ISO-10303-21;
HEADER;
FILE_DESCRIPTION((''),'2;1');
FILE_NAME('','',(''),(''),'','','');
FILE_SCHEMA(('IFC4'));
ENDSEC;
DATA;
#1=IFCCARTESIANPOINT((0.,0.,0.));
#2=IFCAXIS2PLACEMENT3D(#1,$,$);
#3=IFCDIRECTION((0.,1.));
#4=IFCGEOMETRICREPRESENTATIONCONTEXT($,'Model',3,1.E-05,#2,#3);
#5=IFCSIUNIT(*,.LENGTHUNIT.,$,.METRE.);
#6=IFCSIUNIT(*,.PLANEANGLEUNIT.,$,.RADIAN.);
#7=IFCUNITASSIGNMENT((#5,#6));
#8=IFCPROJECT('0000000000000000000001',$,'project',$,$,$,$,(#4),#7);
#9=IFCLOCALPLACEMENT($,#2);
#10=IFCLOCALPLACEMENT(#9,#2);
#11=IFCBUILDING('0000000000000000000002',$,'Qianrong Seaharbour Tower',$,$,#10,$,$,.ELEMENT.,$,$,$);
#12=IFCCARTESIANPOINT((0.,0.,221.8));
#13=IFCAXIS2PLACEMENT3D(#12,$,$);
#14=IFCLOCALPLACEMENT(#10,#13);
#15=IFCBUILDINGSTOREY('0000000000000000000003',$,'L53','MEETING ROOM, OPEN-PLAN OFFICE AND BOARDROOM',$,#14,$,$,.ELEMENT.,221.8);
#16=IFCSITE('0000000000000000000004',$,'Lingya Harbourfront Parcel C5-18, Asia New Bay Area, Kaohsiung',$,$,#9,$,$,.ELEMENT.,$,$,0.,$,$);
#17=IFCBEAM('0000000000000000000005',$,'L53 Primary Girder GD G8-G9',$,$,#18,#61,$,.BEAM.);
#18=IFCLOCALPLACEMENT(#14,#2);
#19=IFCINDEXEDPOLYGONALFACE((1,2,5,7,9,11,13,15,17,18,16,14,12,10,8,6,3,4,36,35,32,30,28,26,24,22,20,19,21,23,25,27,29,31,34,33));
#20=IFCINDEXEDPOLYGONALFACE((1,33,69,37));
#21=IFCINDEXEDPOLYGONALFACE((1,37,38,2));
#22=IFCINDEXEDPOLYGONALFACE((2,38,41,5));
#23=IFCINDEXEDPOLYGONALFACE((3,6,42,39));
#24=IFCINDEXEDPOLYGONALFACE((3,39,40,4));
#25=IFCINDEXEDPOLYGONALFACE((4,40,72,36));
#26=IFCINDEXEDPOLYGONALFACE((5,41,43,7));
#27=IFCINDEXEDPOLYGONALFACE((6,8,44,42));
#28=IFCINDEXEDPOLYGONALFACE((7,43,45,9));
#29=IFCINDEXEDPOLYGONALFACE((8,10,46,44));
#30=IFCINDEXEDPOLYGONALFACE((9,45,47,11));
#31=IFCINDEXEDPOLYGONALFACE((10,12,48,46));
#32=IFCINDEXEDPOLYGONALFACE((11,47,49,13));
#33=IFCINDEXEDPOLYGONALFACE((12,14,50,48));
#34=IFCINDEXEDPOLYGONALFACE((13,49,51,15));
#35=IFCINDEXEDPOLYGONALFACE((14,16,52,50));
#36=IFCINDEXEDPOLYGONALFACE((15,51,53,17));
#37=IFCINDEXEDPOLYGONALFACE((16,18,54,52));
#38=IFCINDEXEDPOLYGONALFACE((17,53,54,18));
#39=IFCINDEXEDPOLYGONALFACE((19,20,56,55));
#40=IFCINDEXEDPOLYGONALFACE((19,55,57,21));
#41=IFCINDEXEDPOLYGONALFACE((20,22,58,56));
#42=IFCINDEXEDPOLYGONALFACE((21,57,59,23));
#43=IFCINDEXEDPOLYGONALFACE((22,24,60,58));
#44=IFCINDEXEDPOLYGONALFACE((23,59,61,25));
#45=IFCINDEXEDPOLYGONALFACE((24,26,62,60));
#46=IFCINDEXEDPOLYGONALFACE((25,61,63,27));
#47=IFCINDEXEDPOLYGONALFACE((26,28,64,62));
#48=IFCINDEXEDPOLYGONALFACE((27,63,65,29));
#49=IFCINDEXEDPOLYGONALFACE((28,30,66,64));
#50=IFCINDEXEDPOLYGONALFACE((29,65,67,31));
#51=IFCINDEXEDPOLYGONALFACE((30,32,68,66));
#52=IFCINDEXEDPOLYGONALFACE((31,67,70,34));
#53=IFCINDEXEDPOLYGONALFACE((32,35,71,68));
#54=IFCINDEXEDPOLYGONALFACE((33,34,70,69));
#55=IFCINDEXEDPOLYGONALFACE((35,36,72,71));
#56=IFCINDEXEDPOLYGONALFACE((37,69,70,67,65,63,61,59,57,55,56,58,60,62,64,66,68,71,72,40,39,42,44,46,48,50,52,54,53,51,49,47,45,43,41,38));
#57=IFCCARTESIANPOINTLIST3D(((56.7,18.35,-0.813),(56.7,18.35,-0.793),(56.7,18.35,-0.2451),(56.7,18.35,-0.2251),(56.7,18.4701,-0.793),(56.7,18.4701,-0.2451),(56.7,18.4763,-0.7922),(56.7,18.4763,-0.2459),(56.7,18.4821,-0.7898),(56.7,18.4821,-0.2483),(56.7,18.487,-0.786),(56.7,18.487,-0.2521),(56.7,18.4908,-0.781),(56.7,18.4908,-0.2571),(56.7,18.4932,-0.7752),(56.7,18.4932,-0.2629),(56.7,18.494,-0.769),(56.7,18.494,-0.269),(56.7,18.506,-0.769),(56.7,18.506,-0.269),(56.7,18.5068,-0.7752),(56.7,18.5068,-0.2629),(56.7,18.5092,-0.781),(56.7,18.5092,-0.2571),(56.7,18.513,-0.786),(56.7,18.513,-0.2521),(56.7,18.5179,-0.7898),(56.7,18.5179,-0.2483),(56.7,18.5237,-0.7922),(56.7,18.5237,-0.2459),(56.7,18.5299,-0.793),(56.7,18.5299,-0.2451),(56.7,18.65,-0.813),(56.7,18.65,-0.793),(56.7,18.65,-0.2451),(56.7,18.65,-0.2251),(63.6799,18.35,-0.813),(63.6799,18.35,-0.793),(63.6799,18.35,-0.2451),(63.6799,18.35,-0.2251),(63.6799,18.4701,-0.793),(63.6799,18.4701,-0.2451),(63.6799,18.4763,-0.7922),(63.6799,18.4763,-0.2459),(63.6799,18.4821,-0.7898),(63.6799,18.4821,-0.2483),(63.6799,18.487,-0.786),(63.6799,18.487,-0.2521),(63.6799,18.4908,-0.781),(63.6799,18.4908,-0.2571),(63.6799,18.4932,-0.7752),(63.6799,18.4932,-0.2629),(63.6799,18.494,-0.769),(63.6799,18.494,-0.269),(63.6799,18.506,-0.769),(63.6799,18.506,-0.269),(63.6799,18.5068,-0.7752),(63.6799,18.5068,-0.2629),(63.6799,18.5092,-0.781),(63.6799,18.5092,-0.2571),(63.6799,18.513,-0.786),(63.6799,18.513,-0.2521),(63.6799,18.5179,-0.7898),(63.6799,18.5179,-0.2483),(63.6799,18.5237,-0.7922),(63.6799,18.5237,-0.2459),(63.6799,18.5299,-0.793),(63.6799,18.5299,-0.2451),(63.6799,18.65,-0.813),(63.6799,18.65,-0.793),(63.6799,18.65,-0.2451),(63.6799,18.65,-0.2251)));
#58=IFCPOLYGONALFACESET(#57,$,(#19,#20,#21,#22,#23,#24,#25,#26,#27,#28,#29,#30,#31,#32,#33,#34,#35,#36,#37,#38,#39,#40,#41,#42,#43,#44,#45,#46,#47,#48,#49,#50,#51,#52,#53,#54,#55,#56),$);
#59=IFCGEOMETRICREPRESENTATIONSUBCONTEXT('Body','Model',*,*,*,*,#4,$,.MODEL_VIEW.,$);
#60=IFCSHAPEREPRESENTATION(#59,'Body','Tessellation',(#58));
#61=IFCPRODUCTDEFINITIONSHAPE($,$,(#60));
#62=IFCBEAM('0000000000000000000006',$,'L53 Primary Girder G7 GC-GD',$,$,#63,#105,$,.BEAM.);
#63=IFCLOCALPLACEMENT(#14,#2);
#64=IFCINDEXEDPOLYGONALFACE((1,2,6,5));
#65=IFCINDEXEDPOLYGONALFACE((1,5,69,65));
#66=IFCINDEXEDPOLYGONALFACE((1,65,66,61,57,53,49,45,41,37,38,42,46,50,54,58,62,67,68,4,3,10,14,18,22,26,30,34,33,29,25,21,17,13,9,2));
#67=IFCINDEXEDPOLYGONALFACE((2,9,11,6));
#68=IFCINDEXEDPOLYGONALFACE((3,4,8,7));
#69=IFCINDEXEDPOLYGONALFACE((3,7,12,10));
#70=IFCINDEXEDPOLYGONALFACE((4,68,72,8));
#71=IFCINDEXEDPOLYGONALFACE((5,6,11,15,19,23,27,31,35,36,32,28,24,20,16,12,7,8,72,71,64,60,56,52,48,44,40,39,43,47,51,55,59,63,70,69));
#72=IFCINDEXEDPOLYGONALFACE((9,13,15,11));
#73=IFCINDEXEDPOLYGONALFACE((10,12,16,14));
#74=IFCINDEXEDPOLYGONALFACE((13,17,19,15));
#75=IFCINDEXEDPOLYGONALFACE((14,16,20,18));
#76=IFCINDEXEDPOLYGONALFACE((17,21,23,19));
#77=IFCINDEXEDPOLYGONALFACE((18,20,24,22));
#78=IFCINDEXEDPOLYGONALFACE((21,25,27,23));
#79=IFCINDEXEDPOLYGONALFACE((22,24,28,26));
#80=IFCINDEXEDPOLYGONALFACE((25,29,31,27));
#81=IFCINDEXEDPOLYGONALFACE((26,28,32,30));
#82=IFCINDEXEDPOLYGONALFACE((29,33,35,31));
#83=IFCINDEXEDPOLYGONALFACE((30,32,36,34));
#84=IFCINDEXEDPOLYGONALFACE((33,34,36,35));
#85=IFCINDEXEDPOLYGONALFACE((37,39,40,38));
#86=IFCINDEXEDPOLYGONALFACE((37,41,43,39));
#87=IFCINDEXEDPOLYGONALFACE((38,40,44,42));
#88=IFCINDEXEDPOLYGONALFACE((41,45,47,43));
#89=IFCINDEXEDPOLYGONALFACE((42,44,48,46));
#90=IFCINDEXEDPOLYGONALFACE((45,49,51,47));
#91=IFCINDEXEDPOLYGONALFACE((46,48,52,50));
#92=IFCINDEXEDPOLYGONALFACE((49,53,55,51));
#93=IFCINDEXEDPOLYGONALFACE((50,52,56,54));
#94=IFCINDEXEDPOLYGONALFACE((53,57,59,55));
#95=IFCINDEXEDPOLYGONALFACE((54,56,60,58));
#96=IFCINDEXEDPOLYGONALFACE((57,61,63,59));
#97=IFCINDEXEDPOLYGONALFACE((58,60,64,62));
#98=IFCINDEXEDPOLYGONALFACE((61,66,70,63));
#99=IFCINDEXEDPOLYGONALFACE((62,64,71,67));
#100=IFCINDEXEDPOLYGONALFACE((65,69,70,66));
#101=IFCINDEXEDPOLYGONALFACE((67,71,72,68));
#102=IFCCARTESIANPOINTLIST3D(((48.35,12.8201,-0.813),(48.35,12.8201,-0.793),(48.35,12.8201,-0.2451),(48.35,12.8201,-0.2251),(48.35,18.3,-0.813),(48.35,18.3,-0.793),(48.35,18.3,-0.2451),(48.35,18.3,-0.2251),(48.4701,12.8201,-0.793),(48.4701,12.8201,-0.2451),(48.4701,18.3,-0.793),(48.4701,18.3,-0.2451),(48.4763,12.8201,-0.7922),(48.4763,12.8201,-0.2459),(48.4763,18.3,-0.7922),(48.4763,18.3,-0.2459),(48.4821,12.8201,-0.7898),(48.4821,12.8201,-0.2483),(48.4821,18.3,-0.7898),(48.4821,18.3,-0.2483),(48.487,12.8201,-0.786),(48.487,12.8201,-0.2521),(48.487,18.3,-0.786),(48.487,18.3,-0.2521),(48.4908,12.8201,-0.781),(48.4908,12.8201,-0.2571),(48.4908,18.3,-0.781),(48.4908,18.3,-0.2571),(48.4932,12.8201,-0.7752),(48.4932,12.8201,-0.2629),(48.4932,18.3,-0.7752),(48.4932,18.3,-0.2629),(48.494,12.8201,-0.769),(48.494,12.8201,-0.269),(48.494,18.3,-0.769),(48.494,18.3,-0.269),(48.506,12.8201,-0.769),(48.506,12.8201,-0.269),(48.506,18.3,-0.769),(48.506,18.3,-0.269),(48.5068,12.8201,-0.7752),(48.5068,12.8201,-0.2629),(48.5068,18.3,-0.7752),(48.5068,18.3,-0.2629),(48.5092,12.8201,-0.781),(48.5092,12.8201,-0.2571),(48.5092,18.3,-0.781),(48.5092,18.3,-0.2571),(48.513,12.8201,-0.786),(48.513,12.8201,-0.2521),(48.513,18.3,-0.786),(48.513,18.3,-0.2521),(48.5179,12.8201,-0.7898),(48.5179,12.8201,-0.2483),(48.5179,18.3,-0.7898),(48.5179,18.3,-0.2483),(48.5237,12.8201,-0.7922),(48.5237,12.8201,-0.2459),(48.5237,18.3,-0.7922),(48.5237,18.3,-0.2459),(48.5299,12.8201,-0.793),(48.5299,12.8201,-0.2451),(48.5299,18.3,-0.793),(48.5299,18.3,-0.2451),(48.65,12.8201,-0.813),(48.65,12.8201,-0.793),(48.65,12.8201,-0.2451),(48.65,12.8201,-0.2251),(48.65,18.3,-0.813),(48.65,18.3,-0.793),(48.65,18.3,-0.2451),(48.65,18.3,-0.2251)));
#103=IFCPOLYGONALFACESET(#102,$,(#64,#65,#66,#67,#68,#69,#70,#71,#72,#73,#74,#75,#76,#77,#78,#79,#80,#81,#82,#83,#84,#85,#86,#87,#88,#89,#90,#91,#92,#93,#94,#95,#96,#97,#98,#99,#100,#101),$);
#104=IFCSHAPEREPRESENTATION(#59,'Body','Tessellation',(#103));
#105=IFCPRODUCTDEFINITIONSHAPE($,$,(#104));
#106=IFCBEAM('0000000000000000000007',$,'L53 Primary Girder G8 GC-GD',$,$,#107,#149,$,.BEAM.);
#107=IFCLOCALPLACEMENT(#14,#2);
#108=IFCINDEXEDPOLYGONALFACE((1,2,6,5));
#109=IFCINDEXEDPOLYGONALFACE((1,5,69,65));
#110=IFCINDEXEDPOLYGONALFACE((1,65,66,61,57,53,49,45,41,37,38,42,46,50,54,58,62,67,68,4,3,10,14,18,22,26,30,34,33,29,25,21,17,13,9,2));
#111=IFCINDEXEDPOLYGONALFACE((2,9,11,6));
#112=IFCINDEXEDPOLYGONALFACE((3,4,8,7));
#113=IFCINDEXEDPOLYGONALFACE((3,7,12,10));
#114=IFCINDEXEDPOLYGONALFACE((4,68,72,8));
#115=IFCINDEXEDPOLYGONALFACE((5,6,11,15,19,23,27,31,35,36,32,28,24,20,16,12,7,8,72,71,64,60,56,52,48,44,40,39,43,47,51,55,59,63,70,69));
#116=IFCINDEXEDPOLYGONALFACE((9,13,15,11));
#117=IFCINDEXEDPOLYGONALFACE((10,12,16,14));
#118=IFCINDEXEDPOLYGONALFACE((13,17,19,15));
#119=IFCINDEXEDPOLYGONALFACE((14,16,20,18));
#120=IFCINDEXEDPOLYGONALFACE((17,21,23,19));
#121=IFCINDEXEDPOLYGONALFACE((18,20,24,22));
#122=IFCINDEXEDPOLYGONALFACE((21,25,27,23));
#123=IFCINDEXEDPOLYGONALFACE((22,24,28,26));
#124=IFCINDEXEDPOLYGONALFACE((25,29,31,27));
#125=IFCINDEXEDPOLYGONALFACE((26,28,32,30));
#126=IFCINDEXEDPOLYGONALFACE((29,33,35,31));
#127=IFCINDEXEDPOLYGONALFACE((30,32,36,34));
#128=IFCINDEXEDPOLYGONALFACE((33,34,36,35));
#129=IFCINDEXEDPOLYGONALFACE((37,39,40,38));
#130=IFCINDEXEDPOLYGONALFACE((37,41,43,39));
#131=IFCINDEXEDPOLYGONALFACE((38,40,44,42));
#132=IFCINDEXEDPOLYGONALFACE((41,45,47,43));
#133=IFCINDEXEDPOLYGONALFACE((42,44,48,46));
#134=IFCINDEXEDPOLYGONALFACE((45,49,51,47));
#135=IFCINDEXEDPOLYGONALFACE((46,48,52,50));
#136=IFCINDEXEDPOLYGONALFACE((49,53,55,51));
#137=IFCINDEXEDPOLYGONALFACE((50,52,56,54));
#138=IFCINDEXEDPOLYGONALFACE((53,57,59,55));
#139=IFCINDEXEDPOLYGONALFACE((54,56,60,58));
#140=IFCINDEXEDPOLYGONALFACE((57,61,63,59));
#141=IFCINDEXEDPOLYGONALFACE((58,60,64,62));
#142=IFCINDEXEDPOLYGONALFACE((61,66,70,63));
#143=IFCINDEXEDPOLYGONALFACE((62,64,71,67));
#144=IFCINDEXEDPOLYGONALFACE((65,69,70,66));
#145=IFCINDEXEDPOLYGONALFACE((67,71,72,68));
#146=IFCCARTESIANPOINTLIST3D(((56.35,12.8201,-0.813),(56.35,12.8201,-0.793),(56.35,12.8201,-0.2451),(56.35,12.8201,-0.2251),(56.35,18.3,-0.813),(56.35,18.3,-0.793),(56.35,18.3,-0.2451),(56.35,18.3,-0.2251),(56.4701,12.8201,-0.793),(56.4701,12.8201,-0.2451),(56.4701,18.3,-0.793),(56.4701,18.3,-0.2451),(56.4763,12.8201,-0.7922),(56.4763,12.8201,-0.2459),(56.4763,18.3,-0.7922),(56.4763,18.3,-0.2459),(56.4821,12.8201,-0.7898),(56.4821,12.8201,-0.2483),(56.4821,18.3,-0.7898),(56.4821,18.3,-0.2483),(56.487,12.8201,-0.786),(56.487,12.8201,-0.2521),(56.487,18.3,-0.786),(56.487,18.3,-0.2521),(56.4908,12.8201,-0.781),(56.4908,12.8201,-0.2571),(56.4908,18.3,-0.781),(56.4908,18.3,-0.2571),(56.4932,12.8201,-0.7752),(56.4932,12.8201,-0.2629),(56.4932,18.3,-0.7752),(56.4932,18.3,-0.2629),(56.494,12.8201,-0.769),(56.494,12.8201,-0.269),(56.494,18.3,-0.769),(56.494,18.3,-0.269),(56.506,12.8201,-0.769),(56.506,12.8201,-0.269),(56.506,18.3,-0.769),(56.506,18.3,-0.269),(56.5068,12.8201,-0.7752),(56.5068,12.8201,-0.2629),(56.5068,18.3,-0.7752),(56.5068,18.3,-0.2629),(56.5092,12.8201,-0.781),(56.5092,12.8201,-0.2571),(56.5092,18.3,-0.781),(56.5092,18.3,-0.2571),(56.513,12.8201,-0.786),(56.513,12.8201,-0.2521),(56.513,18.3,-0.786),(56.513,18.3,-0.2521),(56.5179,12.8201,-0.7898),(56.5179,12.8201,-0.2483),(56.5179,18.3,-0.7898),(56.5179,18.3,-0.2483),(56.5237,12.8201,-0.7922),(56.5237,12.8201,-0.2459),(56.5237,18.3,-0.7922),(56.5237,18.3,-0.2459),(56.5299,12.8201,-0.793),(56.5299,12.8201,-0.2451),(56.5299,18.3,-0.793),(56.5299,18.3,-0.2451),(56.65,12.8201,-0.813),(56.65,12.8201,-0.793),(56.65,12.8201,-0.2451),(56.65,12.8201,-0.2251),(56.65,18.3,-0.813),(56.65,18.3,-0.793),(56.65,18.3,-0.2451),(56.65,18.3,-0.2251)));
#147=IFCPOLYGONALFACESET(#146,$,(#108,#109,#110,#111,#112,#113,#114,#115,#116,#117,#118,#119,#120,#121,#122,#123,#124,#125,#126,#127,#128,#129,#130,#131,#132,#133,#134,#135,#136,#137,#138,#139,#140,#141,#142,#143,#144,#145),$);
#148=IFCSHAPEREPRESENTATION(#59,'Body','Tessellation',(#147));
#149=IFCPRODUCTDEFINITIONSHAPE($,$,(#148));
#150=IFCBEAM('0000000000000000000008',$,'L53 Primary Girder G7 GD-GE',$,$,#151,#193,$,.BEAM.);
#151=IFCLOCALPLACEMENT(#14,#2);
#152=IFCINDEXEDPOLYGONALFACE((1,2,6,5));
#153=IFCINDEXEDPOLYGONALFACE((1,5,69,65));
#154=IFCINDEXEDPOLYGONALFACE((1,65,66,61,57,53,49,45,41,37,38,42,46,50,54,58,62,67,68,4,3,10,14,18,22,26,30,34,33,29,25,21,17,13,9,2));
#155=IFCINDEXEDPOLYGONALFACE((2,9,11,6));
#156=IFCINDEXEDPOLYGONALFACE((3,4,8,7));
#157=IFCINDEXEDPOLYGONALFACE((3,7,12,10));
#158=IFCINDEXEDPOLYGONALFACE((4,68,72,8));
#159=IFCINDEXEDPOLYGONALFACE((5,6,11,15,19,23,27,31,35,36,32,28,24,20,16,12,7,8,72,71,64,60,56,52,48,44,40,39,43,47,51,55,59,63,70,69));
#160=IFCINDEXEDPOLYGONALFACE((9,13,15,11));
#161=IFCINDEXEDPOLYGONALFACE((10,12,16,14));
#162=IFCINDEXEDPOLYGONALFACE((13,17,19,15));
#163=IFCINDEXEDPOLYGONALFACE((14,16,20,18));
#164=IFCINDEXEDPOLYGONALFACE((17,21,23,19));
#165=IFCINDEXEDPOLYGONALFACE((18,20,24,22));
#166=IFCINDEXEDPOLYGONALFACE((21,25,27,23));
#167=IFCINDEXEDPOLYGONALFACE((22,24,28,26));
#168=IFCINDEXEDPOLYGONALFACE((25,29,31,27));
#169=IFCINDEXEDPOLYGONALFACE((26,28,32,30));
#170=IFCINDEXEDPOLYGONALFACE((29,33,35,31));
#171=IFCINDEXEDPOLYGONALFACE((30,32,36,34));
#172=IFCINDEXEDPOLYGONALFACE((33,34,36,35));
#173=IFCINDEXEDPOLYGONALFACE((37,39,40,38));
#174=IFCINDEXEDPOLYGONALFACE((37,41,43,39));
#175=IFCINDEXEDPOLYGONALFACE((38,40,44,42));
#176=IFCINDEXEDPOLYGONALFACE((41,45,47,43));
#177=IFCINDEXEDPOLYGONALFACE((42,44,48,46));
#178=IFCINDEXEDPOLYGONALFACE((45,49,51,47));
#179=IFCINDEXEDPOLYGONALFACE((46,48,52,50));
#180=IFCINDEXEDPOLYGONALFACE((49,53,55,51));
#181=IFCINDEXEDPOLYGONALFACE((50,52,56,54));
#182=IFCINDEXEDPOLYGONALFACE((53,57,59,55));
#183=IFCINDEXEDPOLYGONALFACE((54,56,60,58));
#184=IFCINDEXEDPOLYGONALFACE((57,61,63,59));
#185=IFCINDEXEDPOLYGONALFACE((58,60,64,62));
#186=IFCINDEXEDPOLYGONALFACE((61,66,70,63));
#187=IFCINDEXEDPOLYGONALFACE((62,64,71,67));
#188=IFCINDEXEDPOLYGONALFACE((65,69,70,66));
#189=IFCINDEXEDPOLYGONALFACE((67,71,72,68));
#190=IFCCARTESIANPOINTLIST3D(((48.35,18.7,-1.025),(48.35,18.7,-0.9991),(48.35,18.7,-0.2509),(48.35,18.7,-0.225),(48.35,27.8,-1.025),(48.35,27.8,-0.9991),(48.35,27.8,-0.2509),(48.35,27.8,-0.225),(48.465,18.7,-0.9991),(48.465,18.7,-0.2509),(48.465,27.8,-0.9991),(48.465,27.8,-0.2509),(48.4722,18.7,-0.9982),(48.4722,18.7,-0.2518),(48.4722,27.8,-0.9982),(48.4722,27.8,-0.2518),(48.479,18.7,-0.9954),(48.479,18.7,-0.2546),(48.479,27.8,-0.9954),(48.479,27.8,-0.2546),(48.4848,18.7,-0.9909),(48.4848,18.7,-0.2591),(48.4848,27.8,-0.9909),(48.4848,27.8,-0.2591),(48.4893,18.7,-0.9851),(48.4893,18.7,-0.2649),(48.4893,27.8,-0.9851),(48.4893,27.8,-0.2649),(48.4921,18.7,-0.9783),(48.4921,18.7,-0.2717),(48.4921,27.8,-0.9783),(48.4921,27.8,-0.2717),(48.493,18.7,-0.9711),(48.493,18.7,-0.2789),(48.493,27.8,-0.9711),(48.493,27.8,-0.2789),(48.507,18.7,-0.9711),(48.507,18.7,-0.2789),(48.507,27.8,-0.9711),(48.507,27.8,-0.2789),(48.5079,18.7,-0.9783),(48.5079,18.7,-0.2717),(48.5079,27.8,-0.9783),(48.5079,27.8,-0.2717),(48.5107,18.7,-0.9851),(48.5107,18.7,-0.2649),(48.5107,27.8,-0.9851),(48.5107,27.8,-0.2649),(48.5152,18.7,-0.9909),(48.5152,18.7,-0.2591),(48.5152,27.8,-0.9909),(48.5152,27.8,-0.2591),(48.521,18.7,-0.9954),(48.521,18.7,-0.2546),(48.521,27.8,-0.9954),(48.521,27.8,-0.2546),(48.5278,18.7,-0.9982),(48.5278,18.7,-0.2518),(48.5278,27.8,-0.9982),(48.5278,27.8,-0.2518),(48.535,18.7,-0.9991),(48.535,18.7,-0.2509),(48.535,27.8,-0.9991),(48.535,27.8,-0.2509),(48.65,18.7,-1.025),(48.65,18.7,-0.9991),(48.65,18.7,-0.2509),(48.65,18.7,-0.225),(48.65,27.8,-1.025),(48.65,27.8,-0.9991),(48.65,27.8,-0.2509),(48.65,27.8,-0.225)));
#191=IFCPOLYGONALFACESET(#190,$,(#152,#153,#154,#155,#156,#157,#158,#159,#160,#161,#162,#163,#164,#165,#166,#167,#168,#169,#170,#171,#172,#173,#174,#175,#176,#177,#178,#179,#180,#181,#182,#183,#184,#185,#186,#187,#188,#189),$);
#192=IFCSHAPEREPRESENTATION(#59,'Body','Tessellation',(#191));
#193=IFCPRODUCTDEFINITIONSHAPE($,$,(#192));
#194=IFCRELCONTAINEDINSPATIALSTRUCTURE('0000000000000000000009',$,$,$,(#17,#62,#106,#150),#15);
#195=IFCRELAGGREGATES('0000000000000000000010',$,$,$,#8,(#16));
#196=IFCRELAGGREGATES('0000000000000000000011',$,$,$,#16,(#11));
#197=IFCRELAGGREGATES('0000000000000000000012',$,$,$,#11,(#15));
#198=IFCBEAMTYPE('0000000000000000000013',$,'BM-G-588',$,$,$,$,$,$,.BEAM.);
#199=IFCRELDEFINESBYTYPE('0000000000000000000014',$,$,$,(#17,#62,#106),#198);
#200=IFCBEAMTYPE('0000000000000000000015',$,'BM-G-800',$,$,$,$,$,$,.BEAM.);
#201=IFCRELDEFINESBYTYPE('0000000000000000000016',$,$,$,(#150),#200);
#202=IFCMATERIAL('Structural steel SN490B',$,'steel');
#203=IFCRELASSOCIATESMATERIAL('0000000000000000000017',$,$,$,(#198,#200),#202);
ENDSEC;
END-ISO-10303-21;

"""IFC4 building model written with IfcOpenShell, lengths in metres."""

from ifc_helpers import new_model, si_unit, direction, frame, origin, origin_2d, place, context, subcontext, project, spatial, i_section, extrude, material, material_profile, profile_set, type_object, element, save


model = new_model("IFC4")

# Units and contexts
model_context = context("Model", 3, precision=1e-05, world=origin(), true_north=direction((0.0, 1.0)))
body_context = subcontext(model_context, "Body", "Model", "MODEL_VIEW")
ifc_project = project(units=[si_unit("LENGTHUNIT", "METRE"), si_unit("PLANEANGLEUNIT", "RADIAN")], contexts=[model_context])

# Site, building, storey
site_placement = place(None, origin())
site = spatial("IfcSite", under=ifc_project, at=site_placement, Name="Lingya Harbourfront Parcel C5-18, Asia New Bay Area, Kaohsiung", CompositionType="ELEMENT", RefElevation=0.0)
building_placement = place(site_placement, origin())
building = spatial("IfcBuilding", under=site, at=building_placement, Name="Qianrong Seaharbour Tower", CompositionType="ELEMENT")
storey_placement = place(building_placement, frame((0.0, 0.0, 221.8)))
storey = spatial("IfcBuildingStorey", under=building, at=storey_placement, Name="L53", Description="MEETING ROOM, OPEN-PLAN OFFICE AND BOARDROOM", CompositionType="ELEMENT", Elevation=221.8)

# Shared definitions
ifc_material_1 = material(Name="Structural steel SN490B", Category="steel")

# Beams
ifc_material_profile_1 = material_profile(ifc_material_1, i_section(OverallWidth=0.3, OverallDepth=0.5879, WebThickness=0.012, FlangeThickness=0.02, FilletRadius=0.0239, at=origin_2d()), Name="H588x300x12x20")
ifc_profile_set_1 = profile_set([ifc_material_profile_1], Name="Structural steel SN490B")
beam_type_1 = type_object("IfcBeamType", Name="BM-G-588", PredefinedType="BEAM", material=ifc_profile_set_1)
beam_1_placement = place(storey_placement, frame((56.7, 18.5, -0.519), z_axis=(1.0, 0.0, 0.0), x_axis=(0.0, 1.0, 0.0)))
element("IfcBeam", 1, at=beam_1_placement, inside=storey, type_object=beam_type_1, Name="L53 Primary Girder GD G8-G9", PredefinedType="BEAM", context=body_context, shape_type="SweptSolid", body=[
    extrude(i_section(OverallWidth=0.3, OverallDepth=0.5879, WebThickness=0.012, FlangeThickness=0.02, FilletRadius=0.0239, at=origin_2d()), origin(), (0.0, 0.0, 1.0), 6.98),
])
for number, where, z_axis, x_axis, name in (
    (2, (48.5, 12.8201, -0.519), (0.0, 1.0, 0.0), (-1.0, 0.0, 0.0), "L53 Primary Girder G7 GC-GD"),
    (3, (56.5, 12.8201, -0.519), (0.0, 1.0, 0.0), (-1.0, 0.0, 0.0), "L53 Primary Girder G8 GC-GD"),
):
    element("IfcBeam", number, at=place(storey_placement, frame(where, z_axis=z_axis, x_axis=x_axis)), inside=storey, type_object=beam_type_1, Name=name, PredefinedType="BEAM", context=body_context, shape_type="SweptSolid", body=[
        extrude(i_section(OverallWidth=0.3, OverallDepth=0.5879, WebThickness=0.012, FlangeThickness=0.02, FilletRadius=0.0239, at=origin_2d()), origin(), (0.0, 0.0, 1.0), 5.48),
    ])
ifc_material_profile_2 = material_profile(ifc_material_1, i_section(OverallWidth=0.3, OverallDepth=0.8, WebThickness=0.0139, FlangeThickness=0.0259, FilletRadius=0.0281, at=origin_2d()), Name="H800x300x14x26")
ifc_profile_set_2 = profile_set([ifc_material_profile_2], Name="Structural steel SN490B")
beam_type_2 = type_object("IfcBeamType", Name="BM-G-800", PredefinedType="BEAM", material=ifc_profile_set_2)
for number, where, z_axis, x_axis, name in (
    (4, (48.5, 18.7, -0.625), (0.0, 1.0, 0.0), (-1.0, 0.0, 0.0), "L53 Primary Girder G7 GD-GE"),
):
    element("IfcBeam", number, at=place(storey_placement, frame(where, z_axis=z_axis, x_axis=x_axis)), inside=storey, type_object=beam_type_2, Name=name, PredefinedType="BEAM", context=body_context, shape_type="SweptSolid", body=[
        extrude(i_section(OverallWidth=0.3, OverallDepth=0.8, WebThickness=0.0139, FlangeThickness=0.0259, FilletRadius=0.0281, at=origin_2d()), origin(), (0.0, 0.0, 1.0), 9.1001),
    ])

save(model, "model.ifc")
